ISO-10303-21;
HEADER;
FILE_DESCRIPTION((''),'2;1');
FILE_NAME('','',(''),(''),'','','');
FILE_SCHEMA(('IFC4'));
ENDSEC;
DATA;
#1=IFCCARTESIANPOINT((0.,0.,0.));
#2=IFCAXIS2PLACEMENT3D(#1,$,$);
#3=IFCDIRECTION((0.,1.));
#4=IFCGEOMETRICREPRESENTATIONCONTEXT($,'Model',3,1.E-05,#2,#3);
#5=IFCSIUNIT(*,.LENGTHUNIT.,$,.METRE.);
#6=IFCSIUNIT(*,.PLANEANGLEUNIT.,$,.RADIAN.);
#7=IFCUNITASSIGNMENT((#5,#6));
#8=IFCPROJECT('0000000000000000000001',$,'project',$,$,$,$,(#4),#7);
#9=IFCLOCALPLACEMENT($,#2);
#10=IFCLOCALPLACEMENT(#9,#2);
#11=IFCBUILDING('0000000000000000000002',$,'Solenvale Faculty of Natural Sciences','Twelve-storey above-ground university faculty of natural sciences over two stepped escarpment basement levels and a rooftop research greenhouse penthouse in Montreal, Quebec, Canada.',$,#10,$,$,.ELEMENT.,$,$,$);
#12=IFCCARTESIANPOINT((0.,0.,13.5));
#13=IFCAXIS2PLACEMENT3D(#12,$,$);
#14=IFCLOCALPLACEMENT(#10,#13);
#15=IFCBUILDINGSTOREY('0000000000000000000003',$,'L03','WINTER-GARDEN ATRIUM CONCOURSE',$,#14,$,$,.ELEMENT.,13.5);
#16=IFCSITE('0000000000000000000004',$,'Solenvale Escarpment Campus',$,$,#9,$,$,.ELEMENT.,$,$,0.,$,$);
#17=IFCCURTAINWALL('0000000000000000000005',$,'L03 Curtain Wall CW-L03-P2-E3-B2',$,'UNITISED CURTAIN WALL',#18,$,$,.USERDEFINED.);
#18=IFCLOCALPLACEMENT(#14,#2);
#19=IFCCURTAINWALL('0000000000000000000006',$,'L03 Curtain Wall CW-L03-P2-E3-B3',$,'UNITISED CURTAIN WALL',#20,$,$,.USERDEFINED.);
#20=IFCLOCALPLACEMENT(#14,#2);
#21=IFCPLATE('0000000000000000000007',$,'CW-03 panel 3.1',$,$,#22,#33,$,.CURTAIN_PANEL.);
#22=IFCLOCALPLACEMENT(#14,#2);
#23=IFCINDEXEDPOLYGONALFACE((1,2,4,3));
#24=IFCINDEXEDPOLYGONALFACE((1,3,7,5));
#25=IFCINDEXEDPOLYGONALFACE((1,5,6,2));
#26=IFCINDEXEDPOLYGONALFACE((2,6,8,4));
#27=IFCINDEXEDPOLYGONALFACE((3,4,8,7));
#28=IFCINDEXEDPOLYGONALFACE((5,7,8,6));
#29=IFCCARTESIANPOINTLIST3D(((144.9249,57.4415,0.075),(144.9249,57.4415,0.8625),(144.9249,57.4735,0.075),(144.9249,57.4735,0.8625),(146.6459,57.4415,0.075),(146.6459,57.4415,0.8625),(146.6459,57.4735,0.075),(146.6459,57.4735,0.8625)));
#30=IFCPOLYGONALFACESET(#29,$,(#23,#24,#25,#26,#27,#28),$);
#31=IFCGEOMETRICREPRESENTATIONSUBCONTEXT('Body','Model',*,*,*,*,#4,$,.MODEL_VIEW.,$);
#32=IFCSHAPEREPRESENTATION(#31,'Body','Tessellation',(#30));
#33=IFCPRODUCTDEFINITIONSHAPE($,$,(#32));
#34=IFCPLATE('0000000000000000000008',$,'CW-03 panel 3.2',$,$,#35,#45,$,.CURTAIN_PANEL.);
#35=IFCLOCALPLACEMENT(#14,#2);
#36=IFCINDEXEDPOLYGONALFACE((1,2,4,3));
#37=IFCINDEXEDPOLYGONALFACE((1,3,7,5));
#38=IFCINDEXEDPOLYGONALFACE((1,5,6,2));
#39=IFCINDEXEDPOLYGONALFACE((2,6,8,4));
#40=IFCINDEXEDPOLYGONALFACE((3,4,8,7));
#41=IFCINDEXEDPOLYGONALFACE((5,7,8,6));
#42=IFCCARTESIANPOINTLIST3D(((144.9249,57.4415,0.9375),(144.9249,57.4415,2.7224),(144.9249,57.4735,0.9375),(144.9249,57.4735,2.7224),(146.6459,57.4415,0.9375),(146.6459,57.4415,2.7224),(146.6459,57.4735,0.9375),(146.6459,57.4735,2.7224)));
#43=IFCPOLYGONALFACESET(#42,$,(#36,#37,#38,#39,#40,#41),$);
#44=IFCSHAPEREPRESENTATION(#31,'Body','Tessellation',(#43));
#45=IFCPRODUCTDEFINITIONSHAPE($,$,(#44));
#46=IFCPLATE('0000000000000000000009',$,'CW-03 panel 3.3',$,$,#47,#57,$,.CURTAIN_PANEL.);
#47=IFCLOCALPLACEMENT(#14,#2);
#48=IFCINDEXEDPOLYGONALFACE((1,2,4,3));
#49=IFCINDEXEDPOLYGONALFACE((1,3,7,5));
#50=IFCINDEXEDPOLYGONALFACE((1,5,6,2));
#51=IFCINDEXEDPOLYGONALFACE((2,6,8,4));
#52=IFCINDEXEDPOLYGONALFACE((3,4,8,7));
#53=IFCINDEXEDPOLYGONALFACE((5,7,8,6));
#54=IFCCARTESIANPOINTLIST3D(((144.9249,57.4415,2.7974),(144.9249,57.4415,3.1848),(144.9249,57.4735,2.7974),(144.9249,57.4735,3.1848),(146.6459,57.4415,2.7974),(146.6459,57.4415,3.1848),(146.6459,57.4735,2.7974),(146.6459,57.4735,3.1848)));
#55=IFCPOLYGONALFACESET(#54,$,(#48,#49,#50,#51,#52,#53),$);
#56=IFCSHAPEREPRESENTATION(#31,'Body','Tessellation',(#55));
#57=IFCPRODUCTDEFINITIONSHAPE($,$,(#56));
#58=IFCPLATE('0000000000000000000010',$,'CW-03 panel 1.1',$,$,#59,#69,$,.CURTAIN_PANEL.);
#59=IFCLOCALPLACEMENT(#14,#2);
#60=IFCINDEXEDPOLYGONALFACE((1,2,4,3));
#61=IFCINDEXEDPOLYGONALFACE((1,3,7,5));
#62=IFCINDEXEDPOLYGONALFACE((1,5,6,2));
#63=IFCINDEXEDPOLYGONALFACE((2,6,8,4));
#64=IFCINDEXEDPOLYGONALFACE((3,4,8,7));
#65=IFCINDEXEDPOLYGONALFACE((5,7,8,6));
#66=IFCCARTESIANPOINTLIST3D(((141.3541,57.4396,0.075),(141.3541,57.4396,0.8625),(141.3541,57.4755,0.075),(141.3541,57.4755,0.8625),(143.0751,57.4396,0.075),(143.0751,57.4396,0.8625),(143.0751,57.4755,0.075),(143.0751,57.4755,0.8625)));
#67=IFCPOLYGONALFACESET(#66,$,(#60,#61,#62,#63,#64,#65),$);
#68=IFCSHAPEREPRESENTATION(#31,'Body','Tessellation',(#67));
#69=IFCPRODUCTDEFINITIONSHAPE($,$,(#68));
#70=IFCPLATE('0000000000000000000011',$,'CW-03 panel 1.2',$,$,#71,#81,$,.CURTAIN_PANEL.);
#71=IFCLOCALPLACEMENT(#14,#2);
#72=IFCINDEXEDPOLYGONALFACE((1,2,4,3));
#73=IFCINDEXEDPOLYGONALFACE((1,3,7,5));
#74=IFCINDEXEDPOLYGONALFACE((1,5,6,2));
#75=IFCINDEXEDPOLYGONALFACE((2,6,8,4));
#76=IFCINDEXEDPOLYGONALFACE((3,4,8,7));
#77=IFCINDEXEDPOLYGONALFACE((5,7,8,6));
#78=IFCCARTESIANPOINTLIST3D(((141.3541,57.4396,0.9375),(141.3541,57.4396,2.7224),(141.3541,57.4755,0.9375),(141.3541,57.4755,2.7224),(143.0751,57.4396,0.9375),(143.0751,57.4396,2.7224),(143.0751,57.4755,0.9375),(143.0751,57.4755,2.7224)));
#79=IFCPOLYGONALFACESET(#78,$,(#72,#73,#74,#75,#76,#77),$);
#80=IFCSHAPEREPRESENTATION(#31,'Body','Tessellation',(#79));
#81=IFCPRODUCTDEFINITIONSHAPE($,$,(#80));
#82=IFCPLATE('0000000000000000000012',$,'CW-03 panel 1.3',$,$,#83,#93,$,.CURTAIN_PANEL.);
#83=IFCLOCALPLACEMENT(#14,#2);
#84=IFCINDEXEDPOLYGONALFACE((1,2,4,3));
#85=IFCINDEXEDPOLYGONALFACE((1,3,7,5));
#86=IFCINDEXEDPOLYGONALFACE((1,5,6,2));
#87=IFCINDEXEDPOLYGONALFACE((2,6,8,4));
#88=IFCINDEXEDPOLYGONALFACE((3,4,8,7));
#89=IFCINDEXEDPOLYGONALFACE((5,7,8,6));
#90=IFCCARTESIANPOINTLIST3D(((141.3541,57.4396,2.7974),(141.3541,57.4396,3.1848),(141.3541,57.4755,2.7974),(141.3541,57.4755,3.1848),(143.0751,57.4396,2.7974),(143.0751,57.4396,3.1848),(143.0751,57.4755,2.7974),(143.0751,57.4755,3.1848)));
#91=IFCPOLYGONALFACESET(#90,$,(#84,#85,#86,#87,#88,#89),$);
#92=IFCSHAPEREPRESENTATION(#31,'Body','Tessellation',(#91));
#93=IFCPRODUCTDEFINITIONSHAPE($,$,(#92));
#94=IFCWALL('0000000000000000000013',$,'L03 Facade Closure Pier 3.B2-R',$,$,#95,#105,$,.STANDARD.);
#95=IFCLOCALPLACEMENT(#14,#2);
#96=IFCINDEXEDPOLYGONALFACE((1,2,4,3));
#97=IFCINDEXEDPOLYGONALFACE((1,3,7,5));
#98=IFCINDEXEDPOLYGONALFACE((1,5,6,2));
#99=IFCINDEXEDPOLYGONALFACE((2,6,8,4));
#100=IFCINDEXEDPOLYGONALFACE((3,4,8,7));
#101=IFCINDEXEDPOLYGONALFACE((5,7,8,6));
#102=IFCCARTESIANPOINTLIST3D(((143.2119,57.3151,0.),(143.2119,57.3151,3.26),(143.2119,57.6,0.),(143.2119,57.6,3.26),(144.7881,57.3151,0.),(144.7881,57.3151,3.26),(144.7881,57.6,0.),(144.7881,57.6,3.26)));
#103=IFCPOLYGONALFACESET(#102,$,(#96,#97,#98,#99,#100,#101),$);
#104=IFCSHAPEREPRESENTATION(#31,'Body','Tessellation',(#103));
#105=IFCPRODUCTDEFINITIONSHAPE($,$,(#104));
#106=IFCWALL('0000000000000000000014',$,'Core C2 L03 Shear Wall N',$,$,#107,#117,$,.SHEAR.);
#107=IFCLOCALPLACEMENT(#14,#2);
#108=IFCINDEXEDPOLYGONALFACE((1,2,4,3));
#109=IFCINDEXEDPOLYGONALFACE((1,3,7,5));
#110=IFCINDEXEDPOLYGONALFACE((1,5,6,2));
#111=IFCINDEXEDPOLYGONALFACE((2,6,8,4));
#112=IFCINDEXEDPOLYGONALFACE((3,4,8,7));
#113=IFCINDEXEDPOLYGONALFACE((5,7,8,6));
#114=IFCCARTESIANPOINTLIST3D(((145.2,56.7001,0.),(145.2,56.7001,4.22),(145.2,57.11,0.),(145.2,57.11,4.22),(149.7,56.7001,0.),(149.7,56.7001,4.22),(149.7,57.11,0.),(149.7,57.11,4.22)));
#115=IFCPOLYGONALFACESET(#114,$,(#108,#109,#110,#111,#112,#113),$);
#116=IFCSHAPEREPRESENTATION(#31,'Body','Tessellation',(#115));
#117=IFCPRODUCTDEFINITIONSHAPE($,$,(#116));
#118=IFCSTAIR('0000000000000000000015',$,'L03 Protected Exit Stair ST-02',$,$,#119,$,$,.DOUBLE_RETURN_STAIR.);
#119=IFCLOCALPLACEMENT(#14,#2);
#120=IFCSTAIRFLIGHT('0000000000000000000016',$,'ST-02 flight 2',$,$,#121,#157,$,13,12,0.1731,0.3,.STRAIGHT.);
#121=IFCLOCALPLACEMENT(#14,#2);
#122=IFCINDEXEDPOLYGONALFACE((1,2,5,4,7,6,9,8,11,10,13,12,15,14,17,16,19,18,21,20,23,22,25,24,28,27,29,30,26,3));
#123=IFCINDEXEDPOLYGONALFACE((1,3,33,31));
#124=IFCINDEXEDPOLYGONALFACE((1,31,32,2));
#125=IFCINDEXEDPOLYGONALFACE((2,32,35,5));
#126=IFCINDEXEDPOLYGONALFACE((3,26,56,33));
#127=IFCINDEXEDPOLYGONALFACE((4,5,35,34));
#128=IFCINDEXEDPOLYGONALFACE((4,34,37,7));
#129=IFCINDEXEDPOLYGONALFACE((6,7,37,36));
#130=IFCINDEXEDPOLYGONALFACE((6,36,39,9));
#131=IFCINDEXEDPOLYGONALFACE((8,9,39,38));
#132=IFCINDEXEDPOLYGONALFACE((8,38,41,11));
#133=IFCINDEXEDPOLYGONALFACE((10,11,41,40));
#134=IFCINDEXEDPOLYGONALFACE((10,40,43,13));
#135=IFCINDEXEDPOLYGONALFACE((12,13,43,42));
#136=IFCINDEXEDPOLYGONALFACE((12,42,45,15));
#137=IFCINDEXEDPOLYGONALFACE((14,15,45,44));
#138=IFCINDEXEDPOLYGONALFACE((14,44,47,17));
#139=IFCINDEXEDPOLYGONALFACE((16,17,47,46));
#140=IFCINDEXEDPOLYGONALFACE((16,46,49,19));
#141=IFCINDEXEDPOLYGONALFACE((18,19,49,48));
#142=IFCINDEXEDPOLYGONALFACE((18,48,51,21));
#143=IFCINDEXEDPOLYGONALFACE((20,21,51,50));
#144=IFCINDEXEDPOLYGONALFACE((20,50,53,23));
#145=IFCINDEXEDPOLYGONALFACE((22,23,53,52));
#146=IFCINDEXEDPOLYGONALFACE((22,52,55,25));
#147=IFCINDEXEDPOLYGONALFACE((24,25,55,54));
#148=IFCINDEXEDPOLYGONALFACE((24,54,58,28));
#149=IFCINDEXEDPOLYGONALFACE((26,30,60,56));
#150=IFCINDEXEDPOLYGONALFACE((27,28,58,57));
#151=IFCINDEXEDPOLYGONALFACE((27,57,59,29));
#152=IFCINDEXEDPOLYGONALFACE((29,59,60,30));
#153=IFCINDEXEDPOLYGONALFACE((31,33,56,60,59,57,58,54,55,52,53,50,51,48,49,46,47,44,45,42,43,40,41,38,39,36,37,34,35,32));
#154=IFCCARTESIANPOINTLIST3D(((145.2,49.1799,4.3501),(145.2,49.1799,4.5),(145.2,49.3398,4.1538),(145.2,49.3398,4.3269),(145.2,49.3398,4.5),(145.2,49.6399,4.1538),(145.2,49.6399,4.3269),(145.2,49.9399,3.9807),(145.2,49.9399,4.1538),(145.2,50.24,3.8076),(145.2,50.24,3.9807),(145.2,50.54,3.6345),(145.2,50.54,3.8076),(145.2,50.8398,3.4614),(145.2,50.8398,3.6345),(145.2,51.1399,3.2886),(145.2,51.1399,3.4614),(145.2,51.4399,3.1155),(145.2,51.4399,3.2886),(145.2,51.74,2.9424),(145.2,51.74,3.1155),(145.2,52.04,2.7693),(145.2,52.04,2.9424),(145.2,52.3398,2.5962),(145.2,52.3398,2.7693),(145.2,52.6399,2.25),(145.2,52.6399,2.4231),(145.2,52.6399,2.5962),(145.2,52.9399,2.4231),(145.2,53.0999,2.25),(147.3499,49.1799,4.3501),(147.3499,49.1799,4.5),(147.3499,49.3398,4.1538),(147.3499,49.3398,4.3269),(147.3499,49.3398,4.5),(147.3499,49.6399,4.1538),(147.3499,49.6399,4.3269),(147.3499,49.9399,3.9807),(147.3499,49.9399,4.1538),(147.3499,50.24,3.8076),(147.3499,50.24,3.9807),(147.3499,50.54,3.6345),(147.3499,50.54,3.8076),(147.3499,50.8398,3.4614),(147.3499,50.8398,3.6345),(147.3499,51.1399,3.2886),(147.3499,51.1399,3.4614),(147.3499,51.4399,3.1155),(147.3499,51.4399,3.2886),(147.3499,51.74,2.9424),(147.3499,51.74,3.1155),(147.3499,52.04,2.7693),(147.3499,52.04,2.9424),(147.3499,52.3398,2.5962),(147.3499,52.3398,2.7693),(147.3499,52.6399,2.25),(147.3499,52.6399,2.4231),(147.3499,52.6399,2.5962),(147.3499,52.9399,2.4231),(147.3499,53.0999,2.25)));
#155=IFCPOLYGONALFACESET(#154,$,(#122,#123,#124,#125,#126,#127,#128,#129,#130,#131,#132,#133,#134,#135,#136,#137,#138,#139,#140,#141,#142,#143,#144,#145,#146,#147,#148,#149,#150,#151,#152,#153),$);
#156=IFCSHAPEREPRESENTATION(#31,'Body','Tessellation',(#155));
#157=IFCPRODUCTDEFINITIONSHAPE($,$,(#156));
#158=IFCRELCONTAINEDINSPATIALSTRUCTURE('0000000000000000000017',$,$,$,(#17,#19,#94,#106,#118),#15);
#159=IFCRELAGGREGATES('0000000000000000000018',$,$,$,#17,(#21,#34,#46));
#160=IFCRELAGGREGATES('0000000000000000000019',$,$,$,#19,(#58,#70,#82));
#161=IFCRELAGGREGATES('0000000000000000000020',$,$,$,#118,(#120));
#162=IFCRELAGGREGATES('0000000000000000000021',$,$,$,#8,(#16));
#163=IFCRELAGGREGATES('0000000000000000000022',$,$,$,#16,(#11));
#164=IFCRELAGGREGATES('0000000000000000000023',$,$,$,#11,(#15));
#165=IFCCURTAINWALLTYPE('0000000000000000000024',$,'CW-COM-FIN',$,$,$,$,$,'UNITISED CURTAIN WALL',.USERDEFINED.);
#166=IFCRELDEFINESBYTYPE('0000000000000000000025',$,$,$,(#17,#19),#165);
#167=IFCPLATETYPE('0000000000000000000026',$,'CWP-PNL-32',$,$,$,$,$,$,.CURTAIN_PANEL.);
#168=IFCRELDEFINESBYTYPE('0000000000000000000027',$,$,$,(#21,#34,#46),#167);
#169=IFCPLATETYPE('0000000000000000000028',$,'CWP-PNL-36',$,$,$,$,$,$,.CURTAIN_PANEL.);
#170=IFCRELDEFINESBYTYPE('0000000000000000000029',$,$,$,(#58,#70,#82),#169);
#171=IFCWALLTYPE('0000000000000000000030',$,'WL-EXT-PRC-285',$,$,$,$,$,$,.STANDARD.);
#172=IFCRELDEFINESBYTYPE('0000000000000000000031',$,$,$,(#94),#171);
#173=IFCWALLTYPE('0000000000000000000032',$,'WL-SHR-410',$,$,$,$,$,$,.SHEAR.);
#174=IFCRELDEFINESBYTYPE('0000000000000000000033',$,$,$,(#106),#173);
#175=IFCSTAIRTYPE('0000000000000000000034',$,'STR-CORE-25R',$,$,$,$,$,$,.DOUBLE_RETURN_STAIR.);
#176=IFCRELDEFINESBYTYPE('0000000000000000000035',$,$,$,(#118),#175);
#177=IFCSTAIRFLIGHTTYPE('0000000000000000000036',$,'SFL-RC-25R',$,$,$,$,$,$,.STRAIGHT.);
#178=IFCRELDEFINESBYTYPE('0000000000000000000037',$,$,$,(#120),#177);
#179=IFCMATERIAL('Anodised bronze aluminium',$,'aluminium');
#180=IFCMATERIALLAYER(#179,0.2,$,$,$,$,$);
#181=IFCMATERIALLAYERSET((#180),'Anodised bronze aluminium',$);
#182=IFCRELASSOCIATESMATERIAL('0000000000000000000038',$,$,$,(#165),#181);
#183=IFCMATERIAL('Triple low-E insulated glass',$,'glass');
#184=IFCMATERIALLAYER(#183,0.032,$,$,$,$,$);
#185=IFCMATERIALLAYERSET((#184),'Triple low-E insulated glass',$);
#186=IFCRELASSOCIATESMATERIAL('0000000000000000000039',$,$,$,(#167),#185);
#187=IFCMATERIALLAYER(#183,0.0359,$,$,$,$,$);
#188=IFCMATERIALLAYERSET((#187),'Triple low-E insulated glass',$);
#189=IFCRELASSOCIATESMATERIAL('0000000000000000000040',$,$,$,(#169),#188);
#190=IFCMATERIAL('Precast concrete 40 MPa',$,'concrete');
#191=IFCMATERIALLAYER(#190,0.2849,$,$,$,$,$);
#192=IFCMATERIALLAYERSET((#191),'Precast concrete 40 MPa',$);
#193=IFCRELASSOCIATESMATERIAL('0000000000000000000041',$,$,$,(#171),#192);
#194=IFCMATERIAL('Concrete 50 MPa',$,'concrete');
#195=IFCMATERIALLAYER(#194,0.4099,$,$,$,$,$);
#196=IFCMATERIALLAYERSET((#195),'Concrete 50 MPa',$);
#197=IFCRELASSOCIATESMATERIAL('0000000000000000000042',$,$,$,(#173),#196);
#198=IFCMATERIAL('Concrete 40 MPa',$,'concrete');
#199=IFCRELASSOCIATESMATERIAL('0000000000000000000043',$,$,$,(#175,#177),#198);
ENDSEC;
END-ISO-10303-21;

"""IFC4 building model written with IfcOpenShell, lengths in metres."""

from ifc_helpers import new_model, si_unit, direction, frame, frame_2d, origin, origin_2d, place, context, subcontext, project, spatial, polyline, rectangle, outline, extrude, material, layer, layer_set, type_object, element, aggregate, save


model = new_model("IFC4")

# Units and contexts
model_context = context("Model", 3, precision=1e-05, world=origin(), true_north=direction((0.0, 1.0)))
body_context = subcontext(model_context, "Body", "Model", "MODEL_VIEW")
ifc_project = project(units=[si_unit("LENGTHUNIT", "METRE"), si_unit("PLANEANGLEUNIT", "RADIAN")], contexts=[model_context])

# Site, building, storey
site_placement = place(None, origin())
site = spatial("IfcSite", under=ifc_project, at=site_placement, Name="Solenvale Escarpment Campus", CompositionType="ELEMENT", RefElevation=0.0)
building_placement = place(site_placement, origin())
building = spatial("IfcBuilding", under=site, at=building_placement, Name="Solenvale Faculty of Natural Sciences", Description="Twelve-storey above-ground university faculty of natural sciences over two stepped escarpment basement levels and a rooftop research greenhouse penthouse in Montreal, Quebec, Canada.", CompositionType="ELEMENT")
storey_placement = place(building_placement, frame((0.0, 0.0, 13.5)))
storey = spatial("IfcBuildingStorey", under=building, at=storey_placement, Name="L03", Description="WINTER-GARDEN ATRIUM CONCOURSE", CompositionType="ELEMENT", Elevation=13.5)

# Curtain wall
ifc_material_1 = material(Name="Anodised bronze aluminium", Category="aluminium")
ifc_layer_1 = layer(ifc_material_1, 0.2)
ifc_layer_set_1 = layer_set([ifc_layer_1], Name="Anodised bronze aluminium")
curtain_wall_type = type_object("IfcCurtainWallType", Name="CW-COM-FIN", ElementType="UNITISED CURTAIN WALL", PredefinedType="USERDEFINED", material=ifc_layer_set_1)
curtain_wall_1_placement = place(storey_placement, origin())
curtain_wall_1 = element("IfcCurtainWall", 1, at=curtain_wall_1_placement, inside=storey, type_object=curtain_wall_type, Name="L03 Curtain Wall CW-L03-P2-E3-B2", ObjectType="UNITISED CURTAIN WALL", PredefinedType="USERDEFINED")

# Curtain wall
curtain_wall_2_placement = place(storey_placement, origin())
curtain_wall_2 = element("IfcCurtainWall", 2, at=curtain_wall_2_placement, inside=storey, type_object=curtain_wall_type, Name="L03 Curtain Wall CW-L03-P2-E3-B3", ObjectType="UNITISED CURTAIN WALL", PredefinedType="USERDEFINED")

# Plates
ifc_material_2 = material(Name="Triple low-E insulated glass", Category="glass")
ifc_layer_2 = layer(ifc_material_2, 0.032)
ifc_layer_set_2 = layer_set([ifc_layer_2], Name="Triple low-E insulated glass")
plate_type_1 = type_object("IfcPlateType", Name="CWP-PNL-32", PredefinedType="CURTAIN_PANEL", material=ifc_layer_set_2)
plate_1_placement = place(storey_placement, frame((145.7854, 57.4575, 0.075), z_axis=(0.0, 0.0, 1.0), x_axis=(-1.0, 0.0, 0.0)))
plate_1 = element("IfcPlate", 3, at=plate_1_placement, type_object=plate_type_1, Name="CW-03 panel 3.1", PredefinedType="CURTAIN_PANEL", context=body_context, shape_type="SweptSolid", body=[
    extrude(rectangle(XDim=1.7209, YDim=0.032, at=origin_2d()), origin(), (0.0, 0.0, 1.0), 0.7876),
])
plate_2_placement = place(storey_placement, frame((145.7854, 57.4575, 0.9375), z_axis=(0.0, 0.0, 1.0), x_axis=(-1.0, 0.0, 0.0)))
plate_2 = element("IfcPlate", 4, at=plate_2_placement, type_object=plate_type_1, Name="CW-03 panel 3.2", PredefinedType="CURTAIN_PANEL", context=body_context, shape_type="SweptSolid", body=[
    extrude(rectangle(XDim=1.7209, YDim=0.032, at=origin_2d()), origin(), (0.0, 0.0, 1.0), 1.7849),
])
plate_3_placement = place(storey_placement, frame((145.7854, 57.4575, 2.7974), z_axis=(0.0, 0.0, 1.0), x_axis=(-1.0, 0.0, 0.0)))
plate_3 = element("IfcPlate", 5, at=plate_3_placement, type_object=plate_type_1, Name="CW-03 panel 3.3", PredefinedType="CURTAIN_PANEL", context=body_context, shape_type="SweptSolid", body=[
    extrude(rectangle(XDim=1.7209, YDim=0.032, at=origin_2d()), origin(), (0.0, 0.0, 1.0), 0.3875),
])
aggregate(curtain_wall_1, [plate_1, plate_2, plate_3])
ifc_layer_3 = layer(ifc_material_2, 0.0359)
ifc_layer_set_3 = layer_set([ifc_layer_3], Name="Triple low-E insulated glass")
plate_type_2 = type_object("IfcPlateType", Name="CWP-PNL-36", PredefinedType="CURTAIN_PANEL", material=ifc_layer_set_3)
plate_4_placement = place(storey_placement, frame((142.2146, 57.4575, 0.075), z_axis=(0.0, 0.0, 1.0), x_axis=(-1.0, 0.0, 0.0)))
plate_4 = element("IfcPlate", 6, at=plate_4_placement, type_object=plate_type_2, Name="CW-03 panel 1.1", PredefinedType="CURTAIN_PANEL", context=body_context, shape_type="SweptSolid", body=[
    extrude(rectangle(XDim=1.7209, YDim=0.0359, at=origin_2d()), origin(), (0.0, 0.0, 1.0), 0.7876),
])
plate_5_placement = place(storey_placement, frame((142.2146, 57.4575, 0.9375), z_axis=(0.0, 0.0, 1.0), x_axis=(-1.0, 0.0, 0.0)))
plate_5 = element("IfcPlate", 7, at=plate_5_placement, type_object=plate_type_2, Name="CW-03 panel 1.2", PredefinedType="CURTAIN_PANEL", context=body_context, shape_type="SweptSolid", body=[
    extrude(rectangle(XDim=1.7209, YDim=0.0359, at=origin_2d()), origin(), (0.0, 0.0, 1.0), 1.7849),
])
plate_6_placement = place(storey_placement, frame((142.2146, 57.4575, 2.7974), z_axis=(0.0, 0.0, 1.0), x_axis=(-1.0, 0.0, 0.0)))
plate_6 = element("IfcPlate", 8, at=plate_6_placement, type_object=plate_type_2, Name="CW-03 panel 1.3", PredefinedType="CURTAIN_PANEL", context=body_context, shape_type="SweptSolid", body=[
    extrude(rectangle(XDim=1.7209, YDim=0.0359, at=origin_2d()), origin(), (0.0, 0.0, 1.0), 0.3875),
])
aggregate(curtain_wall_2, [plate_4, plate_5, plate_6])

# Walls
ifc_material_3 = material(Name="Precast concrete 40 MPa", Category="concrete")
ifc_layer_4 = layer(ifc_material_3, 0.2849)
ifc_layer_set_4 = layer_set([ifc_layer_4], Name="Precast concrete 40 MPa")
wall_type_1 = type_object("IfcWallType", Name="WL-EXT-PRC-285", PredefinedType="STANDARD", material=ifc_layer_set_4)
wall_1_placement = place(storey_placement, frame((144.7881, 57.4575, 0.0), z_axis=(0.0, 0.0, 1.0), x_axis=(-1.0, 0.0, 0.0)))
element("IfcWall", 9, at=wall_1_placement, inside=storey, type_object=wall_type_1, Name="L03 Facade Closure Pier 3.B2-R", PredefinedType="STANDARD", context=body_context, shape_type="SweptSolid", body=[
    extrude(rectangle(XDim=1.5762, YDim=0.2849, at=frame_2d((0.7881, 0.0))), origin(), (0.0, 0.0, 1.0), 3.26),
])
ifc_material_4 = material(Name="Concrete 50 MPa", Category="concrete")
ifc_layer_5 = layer(ifc_material_4, 0.4099)
ifc_layer_set_5 = layer_set([ifc_layer_5], Name="Concrete 50 MPa")
wall_type_2 = type_object("IfcWallType", Name="WL-SHR-410", PredefinedType="SHEAR", material=ifc_layer_set_5)
wall_2_placement = place(storey_placement, frame((145.2, 56.905, 0.0), z_axis=(0.0, 0.0, 1.0), x_axis=(1.0, 0.0, 0.0)))
element("IfcWall", 10, at=wall_2_placement, inside=storey, type_object=wall_type_2, Name="Core C2 L03 Shear Wall N", PredefinedType="SHEAR", context=body_context, shape_type="SweptSolid", body=[
    extrude(rectangle(XDim=4.5, YDim=0.4099, at=frame_2d((2.25, 0.0))), origin(), (0.0, 0.0, 1.0), 4.22),
])

# Stair, stair flight
ifc_material_5 = material(Name="Concrete 40 MPa", Category="concrete")
stair_type = type_object("IfcStairType", Name="STR-CORE-25R", PredefinedType="DOUBLE_RETURN_STAIR", material=ifc_material_5)
stair_placement = place(storey_placement, origin())
stair = element("IfcStair", 11, at=stair_placement, inside=storey, type_object=stair_type, Name="L03 Protected Exit Stair ST-02", PredefinedType="DOUBLE_RETURN_STAIR")
stair_flight_type = type_object("IfcStairFlightType", Name="SFL-RC-25R", PredefinedType="STRAIGHT", material=ifc_material_5)
stair_flight_placement = place(storey_placement, frame((146.2749, 52.9399, 2.25), z_axis=(0.0, 0.0, 1.0), x_axis=(0.0, -1.0, 0.0)))
stair_flight = element("IfcStairFlight", 12, at=stair_flight_placement, type_object=stair_flight_type, Name="ST-02 flight 2", NumberOfRisers=13, NumberOfTreads=12, PredefinedType="STRAIGHT", RiserHeight=0.1731, TreadLength=0.3, context=body_context, shape_type="SweptSolid", body=[
    extrude(outline(polyline([(-0.1599, 0.0), (0.0, 0.1731), (0.3, 0.1731), (0.3, 0.3462), (0.6001, 0.3462), (0.6001, 0.5193), (0.8999, 0.5193), (0.8999, 0.6924), (1.2, 0.6924), (1.2, 0.8655), (1.5, 0.8655), (1.5, 1.0386), (1.8, 1.0386), (1.8, 1.2114), (2.1001, 1.2114), (2.1001, 1.3845), (2.3999, 1.3845), (2.3999, 1.5576), (2.7, 1.5576), (2.7, 1.7307), (3.0, 1.7307), (3.0, 1.9038), (3.3, 1.9038), (3.3, 2.0769), (3.6001, 2.0769), (3.6001, 2.25), (3.76, 2.25), (3.76, 2.1001), (3.6001, 1.9038), (0.3, 0.0), (-0.1599, 0.0)])), frame((0.0, 1.075, 0.0), z_axis=(0.0, -1.0, 0.0), x_axis=(1.0, 0.0, 0.0)), (0.0, 0.0, 1.0), 2.1499),
])
aggregate(stair, [stair_flight])

save(model, "model.ifc")
